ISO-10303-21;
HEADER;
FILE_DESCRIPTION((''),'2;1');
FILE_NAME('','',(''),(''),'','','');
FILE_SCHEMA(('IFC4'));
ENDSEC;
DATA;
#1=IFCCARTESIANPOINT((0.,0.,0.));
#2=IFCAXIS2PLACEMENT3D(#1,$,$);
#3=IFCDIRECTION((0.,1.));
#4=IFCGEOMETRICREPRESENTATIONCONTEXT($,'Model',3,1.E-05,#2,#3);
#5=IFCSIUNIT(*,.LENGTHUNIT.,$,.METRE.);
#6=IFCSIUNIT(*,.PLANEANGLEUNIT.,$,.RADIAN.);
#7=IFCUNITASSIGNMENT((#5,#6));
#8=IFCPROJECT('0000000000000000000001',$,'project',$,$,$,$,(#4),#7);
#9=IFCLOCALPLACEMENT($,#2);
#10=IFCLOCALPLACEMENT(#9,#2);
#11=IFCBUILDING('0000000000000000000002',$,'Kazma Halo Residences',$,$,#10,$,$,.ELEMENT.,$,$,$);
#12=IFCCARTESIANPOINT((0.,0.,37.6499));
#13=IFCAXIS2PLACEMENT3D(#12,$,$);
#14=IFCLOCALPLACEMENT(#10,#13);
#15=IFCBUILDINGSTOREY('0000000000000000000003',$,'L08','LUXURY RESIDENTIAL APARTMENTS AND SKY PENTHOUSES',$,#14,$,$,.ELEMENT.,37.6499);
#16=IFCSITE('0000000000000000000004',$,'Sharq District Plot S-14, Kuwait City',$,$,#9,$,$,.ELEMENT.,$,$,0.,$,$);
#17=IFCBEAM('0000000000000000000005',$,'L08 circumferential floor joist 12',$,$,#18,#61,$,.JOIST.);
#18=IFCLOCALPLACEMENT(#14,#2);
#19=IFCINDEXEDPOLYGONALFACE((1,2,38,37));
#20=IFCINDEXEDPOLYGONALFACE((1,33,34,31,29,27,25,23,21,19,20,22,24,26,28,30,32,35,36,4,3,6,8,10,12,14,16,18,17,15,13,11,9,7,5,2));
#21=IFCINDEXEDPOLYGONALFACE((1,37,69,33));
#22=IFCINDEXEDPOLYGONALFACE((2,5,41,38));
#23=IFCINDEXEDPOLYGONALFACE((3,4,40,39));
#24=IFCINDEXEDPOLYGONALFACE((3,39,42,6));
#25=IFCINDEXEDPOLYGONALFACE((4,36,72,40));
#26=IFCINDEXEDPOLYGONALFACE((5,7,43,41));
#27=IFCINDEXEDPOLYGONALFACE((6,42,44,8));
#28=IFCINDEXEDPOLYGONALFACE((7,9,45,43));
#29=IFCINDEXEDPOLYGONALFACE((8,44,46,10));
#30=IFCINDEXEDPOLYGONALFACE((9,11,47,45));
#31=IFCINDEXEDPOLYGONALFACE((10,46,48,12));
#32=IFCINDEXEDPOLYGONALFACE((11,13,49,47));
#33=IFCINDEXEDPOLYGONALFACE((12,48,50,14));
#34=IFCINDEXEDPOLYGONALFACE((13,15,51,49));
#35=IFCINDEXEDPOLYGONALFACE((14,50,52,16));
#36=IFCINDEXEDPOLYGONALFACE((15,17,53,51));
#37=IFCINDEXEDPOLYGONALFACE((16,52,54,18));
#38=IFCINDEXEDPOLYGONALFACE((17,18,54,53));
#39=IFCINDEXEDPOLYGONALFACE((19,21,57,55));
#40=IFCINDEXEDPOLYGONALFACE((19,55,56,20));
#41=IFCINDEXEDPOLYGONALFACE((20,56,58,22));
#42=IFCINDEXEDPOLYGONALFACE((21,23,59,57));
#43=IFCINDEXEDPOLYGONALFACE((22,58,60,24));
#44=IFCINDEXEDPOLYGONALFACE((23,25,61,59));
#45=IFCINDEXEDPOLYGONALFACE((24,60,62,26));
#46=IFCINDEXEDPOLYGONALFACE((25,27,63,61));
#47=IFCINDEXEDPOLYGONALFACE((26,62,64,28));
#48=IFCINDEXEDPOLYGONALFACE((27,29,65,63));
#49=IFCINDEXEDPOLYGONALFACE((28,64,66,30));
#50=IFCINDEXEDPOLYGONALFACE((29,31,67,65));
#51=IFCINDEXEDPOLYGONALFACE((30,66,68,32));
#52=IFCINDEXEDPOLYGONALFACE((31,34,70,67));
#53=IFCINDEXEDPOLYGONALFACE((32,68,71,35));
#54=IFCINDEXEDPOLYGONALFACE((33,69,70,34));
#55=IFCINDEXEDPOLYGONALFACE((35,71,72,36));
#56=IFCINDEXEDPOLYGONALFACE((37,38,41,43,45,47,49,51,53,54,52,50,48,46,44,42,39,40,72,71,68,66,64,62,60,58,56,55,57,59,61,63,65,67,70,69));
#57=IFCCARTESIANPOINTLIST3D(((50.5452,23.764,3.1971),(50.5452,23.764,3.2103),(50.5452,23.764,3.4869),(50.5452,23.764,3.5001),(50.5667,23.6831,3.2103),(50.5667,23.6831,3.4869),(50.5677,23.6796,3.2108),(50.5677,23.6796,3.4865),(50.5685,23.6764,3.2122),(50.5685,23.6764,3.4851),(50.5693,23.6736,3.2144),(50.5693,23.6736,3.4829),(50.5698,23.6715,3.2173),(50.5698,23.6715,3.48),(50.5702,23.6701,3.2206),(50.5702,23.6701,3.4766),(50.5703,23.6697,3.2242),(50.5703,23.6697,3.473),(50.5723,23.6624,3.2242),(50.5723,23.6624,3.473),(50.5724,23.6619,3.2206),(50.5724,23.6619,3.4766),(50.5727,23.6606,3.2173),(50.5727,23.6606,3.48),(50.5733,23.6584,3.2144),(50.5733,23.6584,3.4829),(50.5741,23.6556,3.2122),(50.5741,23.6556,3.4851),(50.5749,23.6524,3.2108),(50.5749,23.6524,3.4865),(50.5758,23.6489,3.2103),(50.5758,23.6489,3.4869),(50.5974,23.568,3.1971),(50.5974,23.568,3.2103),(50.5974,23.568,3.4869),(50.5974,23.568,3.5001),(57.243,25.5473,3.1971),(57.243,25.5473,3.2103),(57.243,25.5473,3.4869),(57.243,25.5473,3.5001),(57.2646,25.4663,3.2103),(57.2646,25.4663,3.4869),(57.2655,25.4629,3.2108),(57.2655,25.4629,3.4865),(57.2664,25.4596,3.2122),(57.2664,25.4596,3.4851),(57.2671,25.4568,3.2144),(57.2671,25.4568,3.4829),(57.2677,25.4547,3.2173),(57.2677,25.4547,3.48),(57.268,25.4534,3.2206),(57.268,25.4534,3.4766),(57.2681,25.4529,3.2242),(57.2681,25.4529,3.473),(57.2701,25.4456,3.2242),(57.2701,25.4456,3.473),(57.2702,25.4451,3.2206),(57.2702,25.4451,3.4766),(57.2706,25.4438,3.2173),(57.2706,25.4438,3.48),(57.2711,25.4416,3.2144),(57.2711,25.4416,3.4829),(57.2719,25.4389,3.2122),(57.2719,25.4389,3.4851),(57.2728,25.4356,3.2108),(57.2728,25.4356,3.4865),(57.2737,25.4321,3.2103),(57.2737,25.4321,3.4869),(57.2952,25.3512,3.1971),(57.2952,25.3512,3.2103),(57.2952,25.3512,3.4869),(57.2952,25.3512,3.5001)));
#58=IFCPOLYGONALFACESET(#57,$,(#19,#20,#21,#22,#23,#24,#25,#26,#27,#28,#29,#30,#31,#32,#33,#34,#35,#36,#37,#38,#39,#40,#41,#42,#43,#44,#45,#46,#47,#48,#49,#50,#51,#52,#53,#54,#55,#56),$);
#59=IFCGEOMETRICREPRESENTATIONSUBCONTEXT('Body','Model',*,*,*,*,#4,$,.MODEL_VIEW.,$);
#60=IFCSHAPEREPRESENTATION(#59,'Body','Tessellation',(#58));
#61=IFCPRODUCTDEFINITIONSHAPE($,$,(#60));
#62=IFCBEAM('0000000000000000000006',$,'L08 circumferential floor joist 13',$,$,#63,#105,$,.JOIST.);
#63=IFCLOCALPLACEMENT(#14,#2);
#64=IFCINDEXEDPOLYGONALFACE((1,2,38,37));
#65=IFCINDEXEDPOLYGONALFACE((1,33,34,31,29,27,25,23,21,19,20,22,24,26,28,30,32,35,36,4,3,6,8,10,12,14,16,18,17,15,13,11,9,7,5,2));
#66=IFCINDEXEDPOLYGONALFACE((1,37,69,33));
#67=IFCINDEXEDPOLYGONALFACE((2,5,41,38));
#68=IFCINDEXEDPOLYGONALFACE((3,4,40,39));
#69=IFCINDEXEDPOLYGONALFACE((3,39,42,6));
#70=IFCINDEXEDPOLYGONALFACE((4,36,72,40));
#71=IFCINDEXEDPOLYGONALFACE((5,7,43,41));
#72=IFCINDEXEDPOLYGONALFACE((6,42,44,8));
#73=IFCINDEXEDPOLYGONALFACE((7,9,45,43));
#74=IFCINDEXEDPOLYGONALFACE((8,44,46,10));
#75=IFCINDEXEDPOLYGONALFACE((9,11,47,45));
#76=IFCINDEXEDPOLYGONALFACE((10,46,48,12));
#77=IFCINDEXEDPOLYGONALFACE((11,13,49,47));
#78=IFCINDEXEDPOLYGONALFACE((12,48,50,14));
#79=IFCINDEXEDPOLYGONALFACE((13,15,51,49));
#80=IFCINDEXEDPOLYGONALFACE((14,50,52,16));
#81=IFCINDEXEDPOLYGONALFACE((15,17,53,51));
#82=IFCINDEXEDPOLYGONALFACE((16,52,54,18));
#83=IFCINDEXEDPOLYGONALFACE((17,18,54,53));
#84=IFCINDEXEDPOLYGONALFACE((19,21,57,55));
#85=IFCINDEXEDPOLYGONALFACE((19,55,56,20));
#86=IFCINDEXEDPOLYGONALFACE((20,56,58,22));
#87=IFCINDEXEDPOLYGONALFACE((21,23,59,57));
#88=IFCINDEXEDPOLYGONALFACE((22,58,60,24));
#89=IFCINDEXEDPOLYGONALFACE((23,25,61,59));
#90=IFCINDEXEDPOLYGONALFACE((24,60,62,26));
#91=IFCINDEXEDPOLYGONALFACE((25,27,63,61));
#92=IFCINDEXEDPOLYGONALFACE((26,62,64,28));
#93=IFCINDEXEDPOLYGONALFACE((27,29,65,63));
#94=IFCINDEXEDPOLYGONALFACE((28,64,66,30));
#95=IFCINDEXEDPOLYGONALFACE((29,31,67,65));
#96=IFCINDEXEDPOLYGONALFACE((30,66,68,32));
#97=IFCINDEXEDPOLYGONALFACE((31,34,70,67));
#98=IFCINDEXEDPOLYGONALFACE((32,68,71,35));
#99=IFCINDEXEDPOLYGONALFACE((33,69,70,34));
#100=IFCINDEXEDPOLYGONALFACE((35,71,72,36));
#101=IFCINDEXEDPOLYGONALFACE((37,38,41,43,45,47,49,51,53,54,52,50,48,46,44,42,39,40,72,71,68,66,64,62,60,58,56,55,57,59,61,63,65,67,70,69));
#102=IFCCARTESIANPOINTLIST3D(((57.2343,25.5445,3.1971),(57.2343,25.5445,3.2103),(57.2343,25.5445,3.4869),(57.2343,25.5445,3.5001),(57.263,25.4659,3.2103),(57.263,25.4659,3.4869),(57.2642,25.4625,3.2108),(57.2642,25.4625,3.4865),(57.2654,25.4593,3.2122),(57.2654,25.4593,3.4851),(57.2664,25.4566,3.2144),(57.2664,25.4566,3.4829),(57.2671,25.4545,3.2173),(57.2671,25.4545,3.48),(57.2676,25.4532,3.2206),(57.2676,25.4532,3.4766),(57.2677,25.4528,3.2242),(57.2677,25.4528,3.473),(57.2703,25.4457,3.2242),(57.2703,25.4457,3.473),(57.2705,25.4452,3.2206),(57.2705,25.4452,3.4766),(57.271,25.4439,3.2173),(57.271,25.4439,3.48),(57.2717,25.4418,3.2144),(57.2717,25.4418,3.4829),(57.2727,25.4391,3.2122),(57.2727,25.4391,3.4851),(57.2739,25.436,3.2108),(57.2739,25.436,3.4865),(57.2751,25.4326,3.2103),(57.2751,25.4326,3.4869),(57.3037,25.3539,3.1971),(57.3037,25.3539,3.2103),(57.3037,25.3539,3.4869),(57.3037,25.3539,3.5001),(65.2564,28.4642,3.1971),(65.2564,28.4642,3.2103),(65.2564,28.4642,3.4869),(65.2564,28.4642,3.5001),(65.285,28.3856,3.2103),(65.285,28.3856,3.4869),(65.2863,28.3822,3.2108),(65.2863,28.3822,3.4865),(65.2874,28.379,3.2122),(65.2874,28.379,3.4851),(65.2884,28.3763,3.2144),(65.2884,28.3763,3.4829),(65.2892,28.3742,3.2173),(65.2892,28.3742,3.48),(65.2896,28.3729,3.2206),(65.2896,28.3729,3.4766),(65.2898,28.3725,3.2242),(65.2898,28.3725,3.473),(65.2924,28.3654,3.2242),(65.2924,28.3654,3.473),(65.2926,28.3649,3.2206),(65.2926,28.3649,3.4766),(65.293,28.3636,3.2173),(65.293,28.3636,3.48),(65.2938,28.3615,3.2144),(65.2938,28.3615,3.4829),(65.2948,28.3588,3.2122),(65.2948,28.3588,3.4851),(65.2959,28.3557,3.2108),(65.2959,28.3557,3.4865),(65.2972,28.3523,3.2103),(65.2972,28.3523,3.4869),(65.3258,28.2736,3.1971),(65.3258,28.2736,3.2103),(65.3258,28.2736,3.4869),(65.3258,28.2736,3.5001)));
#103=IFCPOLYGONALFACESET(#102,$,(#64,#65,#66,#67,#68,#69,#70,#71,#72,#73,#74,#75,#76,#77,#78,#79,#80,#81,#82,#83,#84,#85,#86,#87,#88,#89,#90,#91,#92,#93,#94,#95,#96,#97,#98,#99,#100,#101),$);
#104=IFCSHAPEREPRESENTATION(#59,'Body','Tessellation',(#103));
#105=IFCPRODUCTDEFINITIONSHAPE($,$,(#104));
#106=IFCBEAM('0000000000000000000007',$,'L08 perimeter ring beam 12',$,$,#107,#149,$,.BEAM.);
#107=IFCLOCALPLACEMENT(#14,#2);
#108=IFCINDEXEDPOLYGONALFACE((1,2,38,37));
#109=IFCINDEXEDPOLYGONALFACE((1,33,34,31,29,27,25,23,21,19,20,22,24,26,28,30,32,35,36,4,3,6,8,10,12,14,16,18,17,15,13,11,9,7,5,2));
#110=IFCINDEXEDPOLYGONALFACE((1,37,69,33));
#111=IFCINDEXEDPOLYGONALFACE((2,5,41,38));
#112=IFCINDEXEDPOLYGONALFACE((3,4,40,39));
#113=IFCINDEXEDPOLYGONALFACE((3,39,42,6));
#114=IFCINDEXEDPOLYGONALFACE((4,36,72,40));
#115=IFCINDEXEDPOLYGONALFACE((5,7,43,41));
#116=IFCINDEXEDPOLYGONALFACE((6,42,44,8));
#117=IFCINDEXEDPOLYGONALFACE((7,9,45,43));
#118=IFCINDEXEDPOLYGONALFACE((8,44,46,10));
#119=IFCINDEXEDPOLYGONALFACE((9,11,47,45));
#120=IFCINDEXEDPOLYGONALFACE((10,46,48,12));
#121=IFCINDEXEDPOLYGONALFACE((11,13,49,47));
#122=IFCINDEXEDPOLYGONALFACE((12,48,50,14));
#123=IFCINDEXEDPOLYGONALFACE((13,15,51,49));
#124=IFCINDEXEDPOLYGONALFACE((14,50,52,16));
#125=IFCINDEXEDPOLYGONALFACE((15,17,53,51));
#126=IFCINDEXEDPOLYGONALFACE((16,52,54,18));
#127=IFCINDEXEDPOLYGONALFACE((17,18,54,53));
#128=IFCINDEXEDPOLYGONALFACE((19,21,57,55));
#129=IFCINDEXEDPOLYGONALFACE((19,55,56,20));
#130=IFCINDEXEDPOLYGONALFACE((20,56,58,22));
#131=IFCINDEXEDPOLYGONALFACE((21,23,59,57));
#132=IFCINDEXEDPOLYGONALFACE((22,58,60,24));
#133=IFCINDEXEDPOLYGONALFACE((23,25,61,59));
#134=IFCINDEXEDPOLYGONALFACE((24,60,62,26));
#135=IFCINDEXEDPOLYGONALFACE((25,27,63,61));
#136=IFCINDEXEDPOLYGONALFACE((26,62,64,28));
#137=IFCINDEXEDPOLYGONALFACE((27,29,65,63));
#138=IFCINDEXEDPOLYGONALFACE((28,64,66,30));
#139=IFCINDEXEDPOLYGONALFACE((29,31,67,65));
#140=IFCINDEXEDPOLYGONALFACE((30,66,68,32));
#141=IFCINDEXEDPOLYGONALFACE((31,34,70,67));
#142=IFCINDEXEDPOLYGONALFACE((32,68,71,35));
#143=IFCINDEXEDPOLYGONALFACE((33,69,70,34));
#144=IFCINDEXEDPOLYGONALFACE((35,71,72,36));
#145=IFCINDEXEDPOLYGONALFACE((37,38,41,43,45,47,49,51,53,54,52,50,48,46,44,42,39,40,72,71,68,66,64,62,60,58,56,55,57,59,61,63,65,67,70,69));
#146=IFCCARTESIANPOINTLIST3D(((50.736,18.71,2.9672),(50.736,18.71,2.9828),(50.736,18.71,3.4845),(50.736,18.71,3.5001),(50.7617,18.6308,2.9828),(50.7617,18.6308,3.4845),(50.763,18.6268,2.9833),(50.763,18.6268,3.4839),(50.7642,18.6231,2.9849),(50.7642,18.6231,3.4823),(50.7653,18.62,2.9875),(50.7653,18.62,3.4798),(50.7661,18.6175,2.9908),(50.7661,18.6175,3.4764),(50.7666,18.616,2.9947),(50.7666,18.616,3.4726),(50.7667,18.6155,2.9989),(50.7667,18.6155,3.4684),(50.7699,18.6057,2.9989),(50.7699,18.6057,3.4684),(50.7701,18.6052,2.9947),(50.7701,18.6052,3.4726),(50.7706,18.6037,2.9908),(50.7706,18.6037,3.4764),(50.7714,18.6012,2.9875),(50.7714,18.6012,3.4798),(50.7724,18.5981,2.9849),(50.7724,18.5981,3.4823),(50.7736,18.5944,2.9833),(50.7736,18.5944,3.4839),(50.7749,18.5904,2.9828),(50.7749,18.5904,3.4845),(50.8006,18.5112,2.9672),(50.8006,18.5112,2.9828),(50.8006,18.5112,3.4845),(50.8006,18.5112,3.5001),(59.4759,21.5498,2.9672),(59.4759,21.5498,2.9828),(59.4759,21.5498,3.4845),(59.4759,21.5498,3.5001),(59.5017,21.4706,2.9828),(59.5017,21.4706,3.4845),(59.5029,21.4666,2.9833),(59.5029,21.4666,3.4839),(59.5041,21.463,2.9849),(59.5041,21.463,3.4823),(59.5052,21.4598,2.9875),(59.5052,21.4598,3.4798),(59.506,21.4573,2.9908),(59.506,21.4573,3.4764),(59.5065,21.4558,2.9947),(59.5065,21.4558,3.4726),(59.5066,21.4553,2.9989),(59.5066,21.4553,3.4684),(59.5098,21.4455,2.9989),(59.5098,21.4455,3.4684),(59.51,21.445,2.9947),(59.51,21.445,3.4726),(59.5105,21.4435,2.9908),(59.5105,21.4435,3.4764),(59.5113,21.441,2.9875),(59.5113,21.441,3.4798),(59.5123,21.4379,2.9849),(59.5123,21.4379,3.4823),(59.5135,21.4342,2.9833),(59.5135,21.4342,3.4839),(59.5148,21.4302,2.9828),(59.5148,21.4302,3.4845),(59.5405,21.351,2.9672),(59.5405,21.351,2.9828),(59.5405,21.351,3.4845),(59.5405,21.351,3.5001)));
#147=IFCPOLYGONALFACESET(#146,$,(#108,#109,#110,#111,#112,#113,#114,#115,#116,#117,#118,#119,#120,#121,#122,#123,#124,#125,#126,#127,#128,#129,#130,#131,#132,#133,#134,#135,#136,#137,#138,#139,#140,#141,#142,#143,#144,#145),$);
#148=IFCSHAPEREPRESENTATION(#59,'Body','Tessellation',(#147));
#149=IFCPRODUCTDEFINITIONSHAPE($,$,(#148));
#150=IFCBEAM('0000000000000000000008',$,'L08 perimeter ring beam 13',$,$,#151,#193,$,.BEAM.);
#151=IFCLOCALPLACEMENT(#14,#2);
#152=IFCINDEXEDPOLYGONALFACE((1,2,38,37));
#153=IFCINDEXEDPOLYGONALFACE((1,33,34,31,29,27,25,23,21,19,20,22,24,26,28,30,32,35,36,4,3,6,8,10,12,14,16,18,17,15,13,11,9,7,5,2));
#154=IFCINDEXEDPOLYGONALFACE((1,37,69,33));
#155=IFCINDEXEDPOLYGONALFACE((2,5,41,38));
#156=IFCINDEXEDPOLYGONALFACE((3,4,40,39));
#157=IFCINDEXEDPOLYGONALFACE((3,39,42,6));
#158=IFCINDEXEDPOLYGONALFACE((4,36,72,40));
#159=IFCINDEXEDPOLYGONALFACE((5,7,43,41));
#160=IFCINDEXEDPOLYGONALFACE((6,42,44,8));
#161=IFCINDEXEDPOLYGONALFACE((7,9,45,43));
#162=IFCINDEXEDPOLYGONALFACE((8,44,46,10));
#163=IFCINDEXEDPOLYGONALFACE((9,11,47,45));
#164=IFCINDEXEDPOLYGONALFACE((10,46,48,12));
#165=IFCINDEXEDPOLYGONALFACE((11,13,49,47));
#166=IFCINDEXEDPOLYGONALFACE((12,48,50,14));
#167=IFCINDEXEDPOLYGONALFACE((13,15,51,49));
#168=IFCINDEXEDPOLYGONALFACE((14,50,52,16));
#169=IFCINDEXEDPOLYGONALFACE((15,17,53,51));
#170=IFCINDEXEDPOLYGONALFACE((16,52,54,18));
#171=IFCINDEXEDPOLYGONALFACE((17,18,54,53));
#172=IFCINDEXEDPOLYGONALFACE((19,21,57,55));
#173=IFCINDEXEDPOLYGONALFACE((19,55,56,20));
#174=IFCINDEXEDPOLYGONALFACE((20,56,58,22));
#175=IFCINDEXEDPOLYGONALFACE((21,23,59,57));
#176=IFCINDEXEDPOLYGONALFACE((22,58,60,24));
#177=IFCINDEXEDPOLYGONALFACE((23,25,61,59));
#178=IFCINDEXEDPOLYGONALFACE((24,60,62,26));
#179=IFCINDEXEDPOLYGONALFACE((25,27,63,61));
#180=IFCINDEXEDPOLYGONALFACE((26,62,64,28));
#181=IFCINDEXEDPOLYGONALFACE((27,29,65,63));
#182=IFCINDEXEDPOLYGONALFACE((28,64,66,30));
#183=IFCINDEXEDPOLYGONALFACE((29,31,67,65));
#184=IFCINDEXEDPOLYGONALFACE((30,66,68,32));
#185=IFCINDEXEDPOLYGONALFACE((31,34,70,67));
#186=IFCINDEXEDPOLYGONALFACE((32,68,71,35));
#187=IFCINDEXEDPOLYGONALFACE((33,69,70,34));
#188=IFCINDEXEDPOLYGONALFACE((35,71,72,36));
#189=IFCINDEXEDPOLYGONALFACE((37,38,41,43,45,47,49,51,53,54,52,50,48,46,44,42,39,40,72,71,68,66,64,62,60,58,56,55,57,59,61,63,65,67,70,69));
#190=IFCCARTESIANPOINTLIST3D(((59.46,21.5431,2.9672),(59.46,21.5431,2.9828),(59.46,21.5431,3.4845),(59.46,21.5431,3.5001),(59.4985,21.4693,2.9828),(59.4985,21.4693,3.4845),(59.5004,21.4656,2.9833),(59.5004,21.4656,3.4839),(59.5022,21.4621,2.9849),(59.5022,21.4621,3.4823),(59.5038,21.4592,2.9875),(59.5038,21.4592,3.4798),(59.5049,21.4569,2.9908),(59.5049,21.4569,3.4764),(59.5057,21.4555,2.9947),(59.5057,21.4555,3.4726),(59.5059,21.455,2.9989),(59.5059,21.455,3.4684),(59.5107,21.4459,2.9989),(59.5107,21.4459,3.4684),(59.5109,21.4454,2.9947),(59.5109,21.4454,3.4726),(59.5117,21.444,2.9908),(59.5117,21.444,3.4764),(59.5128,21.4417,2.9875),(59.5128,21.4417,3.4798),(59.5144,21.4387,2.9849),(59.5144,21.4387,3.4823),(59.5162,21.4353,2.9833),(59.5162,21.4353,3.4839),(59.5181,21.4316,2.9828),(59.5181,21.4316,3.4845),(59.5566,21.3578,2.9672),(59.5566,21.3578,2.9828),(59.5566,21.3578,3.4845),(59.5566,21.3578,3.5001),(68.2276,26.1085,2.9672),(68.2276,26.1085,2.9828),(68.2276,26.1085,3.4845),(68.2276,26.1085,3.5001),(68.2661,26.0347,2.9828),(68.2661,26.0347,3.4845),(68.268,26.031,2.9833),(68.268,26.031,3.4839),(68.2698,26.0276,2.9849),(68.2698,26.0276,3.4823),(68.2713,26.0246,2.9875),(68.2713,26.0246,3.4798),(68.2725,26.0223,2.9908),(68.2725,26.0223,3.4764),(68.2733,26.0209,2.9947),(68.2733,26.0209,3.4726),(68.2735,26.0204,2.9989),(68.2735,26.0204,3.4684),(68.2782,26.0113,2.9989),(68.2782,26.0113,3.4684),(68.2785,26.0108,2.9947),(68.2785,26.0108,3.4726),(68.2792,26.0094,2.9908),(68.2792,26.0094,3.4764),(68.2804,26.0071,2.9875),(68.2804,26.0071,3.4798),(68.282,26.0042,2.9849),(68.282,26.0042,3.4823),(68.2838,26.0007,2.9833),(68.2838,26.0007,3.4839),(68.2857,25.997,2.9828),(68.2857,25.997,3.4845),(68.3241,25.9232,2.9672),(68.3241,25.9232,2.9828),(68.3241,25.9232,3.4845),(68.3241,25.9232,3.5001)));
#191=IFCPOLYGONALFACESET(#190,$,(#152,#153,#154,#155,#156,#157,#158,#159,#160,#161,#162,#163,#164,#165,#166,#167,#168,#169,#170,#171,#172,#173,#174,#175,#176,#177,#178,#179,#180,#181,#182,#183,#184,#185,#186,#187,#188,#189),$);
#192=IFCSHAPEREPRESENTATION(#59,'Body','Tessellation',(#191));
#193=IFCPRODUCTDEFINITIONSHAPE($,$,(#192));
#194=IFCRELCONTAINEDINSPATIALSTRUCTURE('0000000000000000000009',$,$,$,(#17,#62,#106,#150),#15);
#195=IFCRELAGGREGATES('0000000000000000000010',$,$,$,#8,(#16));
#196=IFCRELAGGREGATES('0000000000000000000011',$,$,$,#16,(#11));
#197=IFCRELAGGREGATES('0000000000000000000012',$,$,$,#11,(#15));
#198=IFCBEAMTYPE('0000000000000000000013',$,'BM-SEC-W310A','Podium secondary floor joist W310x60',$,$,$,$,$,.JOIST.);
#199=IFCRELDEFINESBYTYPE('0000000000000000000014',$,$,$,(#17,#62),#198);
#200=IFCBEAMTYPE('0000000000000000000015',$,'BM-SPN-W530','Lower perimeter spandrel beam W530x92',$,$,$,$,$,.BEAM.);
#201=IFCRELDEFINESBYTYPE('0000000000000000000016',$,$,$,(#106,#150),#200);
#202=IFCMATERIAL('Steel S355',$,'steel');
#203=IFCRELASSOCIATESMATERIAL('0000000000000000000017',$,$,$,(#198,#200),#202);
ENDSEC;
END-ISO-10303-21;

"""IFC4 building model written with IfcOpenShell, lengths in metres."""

from ifc_helpers import new_model, si_unit, direction, frame, origin, origin_2d, place, context, subcontext, project, spatial, i_section, extrude, material, material_profile, profile_set, type_object, element, save


model = new_model("IFC4")

# Units and contexts
model_context = context("Model", 3, precision=1e-05, world=origin(), true_north=direction((0.0, 1.0)))
body_context = subcontext(model_context, "Body", "Model", "MODEL_VIEW")
ifc_project = project(units=[si_unit("LENGTHUNIT", "METRE"), si_unit("PLANEANGLEUNIT", "RADIAN")], contexts=[model_context])

# Site, building, storey
site_placement = place(None, origin())
site = spatial("IfcSite", under=ifc_project, at=site_placement, Name="Sharq District Plot S-14, Kuwait City", CompositionType="ELEMENT", RefElevation=0.0)
building_placement = place(site_placement, origin())
building = spatial("IfcBuilding", under=site, at=building_placement, Name="Kazma Halo Residences", CompositionType="ELEMENT")
storey_placement = place(building_placement, frame((0.0, 0.0, 37.6499)))
storey = spatial("IfcBuildingStorey", under=building, at=storey_placement, Name="L08", Description="LUXURY RESIDENTIAL APARTMENTS AND SKY PENTHOUSES", CompositionType="ELEMENT", Elevation=37.6499)

# Beams
ifc_material_1 = material(Name="Steel S355", Category="steel")
ifc_material_profile_1 = material_profile(ifc_material_1, i_section(OverallWidth=0.2029, OverallDepth=0.303, WebThickness=0.0076, FlangeThickness=0.0132, FilletRadius=0.0139, at=origin_2d()), Name="W310x60")
ifc_profile_set_1 = profile_set([ifc_material_profile_1], Name="Steel S355")
beam_type_1 = type_object("IfcBeamType", Name="BM-SEC-W310A", Description="Podium secondary floor joist W310x60", PredefinedType="JOIST", material=ifc_profile_set_1)
beam_1_placement = place(storey_placement, frame((50.5713, 23.666, 3.3486), z_axis=(0.966338, 0.257277, 0.0), x_axis=(-0.257277, 0.966338, 0.0)))
element("IfcBeam", 1, at=beam_1_placement, inside=storey, type_object=beam_type_1, Name="L08 circumferential floor joist 12", PredefinedType="JOIST", context=body_context, shape_type="SweptSolid", body=[
    extrude(i_section(OverallWidth=0.2029, OverallDepth=0.303, WebThickness=0.0076, FlangeThickness=0.0132, FilletRadius=0.0139, at=origin_2d()), origin(), (0.0, 0.0, 1.0), 6.9312),
])
beam_2_placement = place(storey_placement, frame((57.269, 25.4492, 3.3486), z_axis=(0.939696, 0.342012, 0.0), x_axis=(-0.342012, 0.939696, 0.0)))
element("IfcBeam", 2, at=beam_2_placement, inside=storey, type_object=beam_type_1, Name="L08 circumferential floor joist 13", PredefinedType="JOIST", context=body_context, shape_type="SweptSolid", body=[
    extrude(i_section(OverallWidth=0.2029, OverallDepth=0.303, WebThickness=0.0076, FlangeThickness=0.0132, FilletRadius=0.0139, at=origin_2d()), origin(), (0.0, 0.0, 1.0), 8.5369),
])
ifc_material_profile_2 = material_profile(ifc_material_1, i_section(OverallWidth=0.209, OverallDepth=0.533, WebThickness=0.0103, FlangeThickness=0.0156, FilletRadius=0.0161, at=origin_2d()), Name="W530x92")
ifc_profile_set_2 = profile_set([ifc_material_profile_2], Name="Steel S355")
beam_type_2 = type_object("IfcBeamType", Name="BM-SPN-W530", Description="Lower perimeter spandrel beam W530x92", PredefinedType="BEAM", material=ifc_profile_set_2)
beam_3_placement = place(storey_placement, frame((50.7683, 18.6106, 3.2336), z_axis=(0.951055, 0.309022, 0.0), x_axis=(-0.309022, 0.951055, 0.0)))
element("IfcBeam", 3, at=beam_3_placement, inside=storey, type_object=beam_type_2, Name="L08 perimeter ring beam 12", PredefinedType="BEAM", context=body_context, shape_type="SweptSolid", body=[
    extrude(i_section(OverallWidth=0.209, OverallDepth=0.533, WebThickness=0.0103, FlangeThickness=0.0156, FilletRadius=0.0161, at=origin_2d()), origin(), (0.0, 0.0, 1.0), 9.1897),
])
beam_4_placement = place(storey_placement, frame((59.5083, 21.4504, 3.2336), z_axis=(0.886956, 0.461853, 0.0), x_axis=(-0.461853, 0.886956, 0.0)))
element("IfcBeam", 4, at=beam_4_placement, inside=storey, type_object=beam_type_2, Name="L08 perimeter ring beam 13", PredefinedType="BEAM", context=body_context, shape_type="SweptSolid", body=[
    extrude(i_section(OverallWidth=0.209, OverallDepth=0.533, WebThickness=0.0103, FlangeThickness=0.0156, FilletRadius=0.0161, at=origin_2d()), origin(), (0.0, 0.0, 1.0), 9.885),
])

save(model, "model.ifc")
